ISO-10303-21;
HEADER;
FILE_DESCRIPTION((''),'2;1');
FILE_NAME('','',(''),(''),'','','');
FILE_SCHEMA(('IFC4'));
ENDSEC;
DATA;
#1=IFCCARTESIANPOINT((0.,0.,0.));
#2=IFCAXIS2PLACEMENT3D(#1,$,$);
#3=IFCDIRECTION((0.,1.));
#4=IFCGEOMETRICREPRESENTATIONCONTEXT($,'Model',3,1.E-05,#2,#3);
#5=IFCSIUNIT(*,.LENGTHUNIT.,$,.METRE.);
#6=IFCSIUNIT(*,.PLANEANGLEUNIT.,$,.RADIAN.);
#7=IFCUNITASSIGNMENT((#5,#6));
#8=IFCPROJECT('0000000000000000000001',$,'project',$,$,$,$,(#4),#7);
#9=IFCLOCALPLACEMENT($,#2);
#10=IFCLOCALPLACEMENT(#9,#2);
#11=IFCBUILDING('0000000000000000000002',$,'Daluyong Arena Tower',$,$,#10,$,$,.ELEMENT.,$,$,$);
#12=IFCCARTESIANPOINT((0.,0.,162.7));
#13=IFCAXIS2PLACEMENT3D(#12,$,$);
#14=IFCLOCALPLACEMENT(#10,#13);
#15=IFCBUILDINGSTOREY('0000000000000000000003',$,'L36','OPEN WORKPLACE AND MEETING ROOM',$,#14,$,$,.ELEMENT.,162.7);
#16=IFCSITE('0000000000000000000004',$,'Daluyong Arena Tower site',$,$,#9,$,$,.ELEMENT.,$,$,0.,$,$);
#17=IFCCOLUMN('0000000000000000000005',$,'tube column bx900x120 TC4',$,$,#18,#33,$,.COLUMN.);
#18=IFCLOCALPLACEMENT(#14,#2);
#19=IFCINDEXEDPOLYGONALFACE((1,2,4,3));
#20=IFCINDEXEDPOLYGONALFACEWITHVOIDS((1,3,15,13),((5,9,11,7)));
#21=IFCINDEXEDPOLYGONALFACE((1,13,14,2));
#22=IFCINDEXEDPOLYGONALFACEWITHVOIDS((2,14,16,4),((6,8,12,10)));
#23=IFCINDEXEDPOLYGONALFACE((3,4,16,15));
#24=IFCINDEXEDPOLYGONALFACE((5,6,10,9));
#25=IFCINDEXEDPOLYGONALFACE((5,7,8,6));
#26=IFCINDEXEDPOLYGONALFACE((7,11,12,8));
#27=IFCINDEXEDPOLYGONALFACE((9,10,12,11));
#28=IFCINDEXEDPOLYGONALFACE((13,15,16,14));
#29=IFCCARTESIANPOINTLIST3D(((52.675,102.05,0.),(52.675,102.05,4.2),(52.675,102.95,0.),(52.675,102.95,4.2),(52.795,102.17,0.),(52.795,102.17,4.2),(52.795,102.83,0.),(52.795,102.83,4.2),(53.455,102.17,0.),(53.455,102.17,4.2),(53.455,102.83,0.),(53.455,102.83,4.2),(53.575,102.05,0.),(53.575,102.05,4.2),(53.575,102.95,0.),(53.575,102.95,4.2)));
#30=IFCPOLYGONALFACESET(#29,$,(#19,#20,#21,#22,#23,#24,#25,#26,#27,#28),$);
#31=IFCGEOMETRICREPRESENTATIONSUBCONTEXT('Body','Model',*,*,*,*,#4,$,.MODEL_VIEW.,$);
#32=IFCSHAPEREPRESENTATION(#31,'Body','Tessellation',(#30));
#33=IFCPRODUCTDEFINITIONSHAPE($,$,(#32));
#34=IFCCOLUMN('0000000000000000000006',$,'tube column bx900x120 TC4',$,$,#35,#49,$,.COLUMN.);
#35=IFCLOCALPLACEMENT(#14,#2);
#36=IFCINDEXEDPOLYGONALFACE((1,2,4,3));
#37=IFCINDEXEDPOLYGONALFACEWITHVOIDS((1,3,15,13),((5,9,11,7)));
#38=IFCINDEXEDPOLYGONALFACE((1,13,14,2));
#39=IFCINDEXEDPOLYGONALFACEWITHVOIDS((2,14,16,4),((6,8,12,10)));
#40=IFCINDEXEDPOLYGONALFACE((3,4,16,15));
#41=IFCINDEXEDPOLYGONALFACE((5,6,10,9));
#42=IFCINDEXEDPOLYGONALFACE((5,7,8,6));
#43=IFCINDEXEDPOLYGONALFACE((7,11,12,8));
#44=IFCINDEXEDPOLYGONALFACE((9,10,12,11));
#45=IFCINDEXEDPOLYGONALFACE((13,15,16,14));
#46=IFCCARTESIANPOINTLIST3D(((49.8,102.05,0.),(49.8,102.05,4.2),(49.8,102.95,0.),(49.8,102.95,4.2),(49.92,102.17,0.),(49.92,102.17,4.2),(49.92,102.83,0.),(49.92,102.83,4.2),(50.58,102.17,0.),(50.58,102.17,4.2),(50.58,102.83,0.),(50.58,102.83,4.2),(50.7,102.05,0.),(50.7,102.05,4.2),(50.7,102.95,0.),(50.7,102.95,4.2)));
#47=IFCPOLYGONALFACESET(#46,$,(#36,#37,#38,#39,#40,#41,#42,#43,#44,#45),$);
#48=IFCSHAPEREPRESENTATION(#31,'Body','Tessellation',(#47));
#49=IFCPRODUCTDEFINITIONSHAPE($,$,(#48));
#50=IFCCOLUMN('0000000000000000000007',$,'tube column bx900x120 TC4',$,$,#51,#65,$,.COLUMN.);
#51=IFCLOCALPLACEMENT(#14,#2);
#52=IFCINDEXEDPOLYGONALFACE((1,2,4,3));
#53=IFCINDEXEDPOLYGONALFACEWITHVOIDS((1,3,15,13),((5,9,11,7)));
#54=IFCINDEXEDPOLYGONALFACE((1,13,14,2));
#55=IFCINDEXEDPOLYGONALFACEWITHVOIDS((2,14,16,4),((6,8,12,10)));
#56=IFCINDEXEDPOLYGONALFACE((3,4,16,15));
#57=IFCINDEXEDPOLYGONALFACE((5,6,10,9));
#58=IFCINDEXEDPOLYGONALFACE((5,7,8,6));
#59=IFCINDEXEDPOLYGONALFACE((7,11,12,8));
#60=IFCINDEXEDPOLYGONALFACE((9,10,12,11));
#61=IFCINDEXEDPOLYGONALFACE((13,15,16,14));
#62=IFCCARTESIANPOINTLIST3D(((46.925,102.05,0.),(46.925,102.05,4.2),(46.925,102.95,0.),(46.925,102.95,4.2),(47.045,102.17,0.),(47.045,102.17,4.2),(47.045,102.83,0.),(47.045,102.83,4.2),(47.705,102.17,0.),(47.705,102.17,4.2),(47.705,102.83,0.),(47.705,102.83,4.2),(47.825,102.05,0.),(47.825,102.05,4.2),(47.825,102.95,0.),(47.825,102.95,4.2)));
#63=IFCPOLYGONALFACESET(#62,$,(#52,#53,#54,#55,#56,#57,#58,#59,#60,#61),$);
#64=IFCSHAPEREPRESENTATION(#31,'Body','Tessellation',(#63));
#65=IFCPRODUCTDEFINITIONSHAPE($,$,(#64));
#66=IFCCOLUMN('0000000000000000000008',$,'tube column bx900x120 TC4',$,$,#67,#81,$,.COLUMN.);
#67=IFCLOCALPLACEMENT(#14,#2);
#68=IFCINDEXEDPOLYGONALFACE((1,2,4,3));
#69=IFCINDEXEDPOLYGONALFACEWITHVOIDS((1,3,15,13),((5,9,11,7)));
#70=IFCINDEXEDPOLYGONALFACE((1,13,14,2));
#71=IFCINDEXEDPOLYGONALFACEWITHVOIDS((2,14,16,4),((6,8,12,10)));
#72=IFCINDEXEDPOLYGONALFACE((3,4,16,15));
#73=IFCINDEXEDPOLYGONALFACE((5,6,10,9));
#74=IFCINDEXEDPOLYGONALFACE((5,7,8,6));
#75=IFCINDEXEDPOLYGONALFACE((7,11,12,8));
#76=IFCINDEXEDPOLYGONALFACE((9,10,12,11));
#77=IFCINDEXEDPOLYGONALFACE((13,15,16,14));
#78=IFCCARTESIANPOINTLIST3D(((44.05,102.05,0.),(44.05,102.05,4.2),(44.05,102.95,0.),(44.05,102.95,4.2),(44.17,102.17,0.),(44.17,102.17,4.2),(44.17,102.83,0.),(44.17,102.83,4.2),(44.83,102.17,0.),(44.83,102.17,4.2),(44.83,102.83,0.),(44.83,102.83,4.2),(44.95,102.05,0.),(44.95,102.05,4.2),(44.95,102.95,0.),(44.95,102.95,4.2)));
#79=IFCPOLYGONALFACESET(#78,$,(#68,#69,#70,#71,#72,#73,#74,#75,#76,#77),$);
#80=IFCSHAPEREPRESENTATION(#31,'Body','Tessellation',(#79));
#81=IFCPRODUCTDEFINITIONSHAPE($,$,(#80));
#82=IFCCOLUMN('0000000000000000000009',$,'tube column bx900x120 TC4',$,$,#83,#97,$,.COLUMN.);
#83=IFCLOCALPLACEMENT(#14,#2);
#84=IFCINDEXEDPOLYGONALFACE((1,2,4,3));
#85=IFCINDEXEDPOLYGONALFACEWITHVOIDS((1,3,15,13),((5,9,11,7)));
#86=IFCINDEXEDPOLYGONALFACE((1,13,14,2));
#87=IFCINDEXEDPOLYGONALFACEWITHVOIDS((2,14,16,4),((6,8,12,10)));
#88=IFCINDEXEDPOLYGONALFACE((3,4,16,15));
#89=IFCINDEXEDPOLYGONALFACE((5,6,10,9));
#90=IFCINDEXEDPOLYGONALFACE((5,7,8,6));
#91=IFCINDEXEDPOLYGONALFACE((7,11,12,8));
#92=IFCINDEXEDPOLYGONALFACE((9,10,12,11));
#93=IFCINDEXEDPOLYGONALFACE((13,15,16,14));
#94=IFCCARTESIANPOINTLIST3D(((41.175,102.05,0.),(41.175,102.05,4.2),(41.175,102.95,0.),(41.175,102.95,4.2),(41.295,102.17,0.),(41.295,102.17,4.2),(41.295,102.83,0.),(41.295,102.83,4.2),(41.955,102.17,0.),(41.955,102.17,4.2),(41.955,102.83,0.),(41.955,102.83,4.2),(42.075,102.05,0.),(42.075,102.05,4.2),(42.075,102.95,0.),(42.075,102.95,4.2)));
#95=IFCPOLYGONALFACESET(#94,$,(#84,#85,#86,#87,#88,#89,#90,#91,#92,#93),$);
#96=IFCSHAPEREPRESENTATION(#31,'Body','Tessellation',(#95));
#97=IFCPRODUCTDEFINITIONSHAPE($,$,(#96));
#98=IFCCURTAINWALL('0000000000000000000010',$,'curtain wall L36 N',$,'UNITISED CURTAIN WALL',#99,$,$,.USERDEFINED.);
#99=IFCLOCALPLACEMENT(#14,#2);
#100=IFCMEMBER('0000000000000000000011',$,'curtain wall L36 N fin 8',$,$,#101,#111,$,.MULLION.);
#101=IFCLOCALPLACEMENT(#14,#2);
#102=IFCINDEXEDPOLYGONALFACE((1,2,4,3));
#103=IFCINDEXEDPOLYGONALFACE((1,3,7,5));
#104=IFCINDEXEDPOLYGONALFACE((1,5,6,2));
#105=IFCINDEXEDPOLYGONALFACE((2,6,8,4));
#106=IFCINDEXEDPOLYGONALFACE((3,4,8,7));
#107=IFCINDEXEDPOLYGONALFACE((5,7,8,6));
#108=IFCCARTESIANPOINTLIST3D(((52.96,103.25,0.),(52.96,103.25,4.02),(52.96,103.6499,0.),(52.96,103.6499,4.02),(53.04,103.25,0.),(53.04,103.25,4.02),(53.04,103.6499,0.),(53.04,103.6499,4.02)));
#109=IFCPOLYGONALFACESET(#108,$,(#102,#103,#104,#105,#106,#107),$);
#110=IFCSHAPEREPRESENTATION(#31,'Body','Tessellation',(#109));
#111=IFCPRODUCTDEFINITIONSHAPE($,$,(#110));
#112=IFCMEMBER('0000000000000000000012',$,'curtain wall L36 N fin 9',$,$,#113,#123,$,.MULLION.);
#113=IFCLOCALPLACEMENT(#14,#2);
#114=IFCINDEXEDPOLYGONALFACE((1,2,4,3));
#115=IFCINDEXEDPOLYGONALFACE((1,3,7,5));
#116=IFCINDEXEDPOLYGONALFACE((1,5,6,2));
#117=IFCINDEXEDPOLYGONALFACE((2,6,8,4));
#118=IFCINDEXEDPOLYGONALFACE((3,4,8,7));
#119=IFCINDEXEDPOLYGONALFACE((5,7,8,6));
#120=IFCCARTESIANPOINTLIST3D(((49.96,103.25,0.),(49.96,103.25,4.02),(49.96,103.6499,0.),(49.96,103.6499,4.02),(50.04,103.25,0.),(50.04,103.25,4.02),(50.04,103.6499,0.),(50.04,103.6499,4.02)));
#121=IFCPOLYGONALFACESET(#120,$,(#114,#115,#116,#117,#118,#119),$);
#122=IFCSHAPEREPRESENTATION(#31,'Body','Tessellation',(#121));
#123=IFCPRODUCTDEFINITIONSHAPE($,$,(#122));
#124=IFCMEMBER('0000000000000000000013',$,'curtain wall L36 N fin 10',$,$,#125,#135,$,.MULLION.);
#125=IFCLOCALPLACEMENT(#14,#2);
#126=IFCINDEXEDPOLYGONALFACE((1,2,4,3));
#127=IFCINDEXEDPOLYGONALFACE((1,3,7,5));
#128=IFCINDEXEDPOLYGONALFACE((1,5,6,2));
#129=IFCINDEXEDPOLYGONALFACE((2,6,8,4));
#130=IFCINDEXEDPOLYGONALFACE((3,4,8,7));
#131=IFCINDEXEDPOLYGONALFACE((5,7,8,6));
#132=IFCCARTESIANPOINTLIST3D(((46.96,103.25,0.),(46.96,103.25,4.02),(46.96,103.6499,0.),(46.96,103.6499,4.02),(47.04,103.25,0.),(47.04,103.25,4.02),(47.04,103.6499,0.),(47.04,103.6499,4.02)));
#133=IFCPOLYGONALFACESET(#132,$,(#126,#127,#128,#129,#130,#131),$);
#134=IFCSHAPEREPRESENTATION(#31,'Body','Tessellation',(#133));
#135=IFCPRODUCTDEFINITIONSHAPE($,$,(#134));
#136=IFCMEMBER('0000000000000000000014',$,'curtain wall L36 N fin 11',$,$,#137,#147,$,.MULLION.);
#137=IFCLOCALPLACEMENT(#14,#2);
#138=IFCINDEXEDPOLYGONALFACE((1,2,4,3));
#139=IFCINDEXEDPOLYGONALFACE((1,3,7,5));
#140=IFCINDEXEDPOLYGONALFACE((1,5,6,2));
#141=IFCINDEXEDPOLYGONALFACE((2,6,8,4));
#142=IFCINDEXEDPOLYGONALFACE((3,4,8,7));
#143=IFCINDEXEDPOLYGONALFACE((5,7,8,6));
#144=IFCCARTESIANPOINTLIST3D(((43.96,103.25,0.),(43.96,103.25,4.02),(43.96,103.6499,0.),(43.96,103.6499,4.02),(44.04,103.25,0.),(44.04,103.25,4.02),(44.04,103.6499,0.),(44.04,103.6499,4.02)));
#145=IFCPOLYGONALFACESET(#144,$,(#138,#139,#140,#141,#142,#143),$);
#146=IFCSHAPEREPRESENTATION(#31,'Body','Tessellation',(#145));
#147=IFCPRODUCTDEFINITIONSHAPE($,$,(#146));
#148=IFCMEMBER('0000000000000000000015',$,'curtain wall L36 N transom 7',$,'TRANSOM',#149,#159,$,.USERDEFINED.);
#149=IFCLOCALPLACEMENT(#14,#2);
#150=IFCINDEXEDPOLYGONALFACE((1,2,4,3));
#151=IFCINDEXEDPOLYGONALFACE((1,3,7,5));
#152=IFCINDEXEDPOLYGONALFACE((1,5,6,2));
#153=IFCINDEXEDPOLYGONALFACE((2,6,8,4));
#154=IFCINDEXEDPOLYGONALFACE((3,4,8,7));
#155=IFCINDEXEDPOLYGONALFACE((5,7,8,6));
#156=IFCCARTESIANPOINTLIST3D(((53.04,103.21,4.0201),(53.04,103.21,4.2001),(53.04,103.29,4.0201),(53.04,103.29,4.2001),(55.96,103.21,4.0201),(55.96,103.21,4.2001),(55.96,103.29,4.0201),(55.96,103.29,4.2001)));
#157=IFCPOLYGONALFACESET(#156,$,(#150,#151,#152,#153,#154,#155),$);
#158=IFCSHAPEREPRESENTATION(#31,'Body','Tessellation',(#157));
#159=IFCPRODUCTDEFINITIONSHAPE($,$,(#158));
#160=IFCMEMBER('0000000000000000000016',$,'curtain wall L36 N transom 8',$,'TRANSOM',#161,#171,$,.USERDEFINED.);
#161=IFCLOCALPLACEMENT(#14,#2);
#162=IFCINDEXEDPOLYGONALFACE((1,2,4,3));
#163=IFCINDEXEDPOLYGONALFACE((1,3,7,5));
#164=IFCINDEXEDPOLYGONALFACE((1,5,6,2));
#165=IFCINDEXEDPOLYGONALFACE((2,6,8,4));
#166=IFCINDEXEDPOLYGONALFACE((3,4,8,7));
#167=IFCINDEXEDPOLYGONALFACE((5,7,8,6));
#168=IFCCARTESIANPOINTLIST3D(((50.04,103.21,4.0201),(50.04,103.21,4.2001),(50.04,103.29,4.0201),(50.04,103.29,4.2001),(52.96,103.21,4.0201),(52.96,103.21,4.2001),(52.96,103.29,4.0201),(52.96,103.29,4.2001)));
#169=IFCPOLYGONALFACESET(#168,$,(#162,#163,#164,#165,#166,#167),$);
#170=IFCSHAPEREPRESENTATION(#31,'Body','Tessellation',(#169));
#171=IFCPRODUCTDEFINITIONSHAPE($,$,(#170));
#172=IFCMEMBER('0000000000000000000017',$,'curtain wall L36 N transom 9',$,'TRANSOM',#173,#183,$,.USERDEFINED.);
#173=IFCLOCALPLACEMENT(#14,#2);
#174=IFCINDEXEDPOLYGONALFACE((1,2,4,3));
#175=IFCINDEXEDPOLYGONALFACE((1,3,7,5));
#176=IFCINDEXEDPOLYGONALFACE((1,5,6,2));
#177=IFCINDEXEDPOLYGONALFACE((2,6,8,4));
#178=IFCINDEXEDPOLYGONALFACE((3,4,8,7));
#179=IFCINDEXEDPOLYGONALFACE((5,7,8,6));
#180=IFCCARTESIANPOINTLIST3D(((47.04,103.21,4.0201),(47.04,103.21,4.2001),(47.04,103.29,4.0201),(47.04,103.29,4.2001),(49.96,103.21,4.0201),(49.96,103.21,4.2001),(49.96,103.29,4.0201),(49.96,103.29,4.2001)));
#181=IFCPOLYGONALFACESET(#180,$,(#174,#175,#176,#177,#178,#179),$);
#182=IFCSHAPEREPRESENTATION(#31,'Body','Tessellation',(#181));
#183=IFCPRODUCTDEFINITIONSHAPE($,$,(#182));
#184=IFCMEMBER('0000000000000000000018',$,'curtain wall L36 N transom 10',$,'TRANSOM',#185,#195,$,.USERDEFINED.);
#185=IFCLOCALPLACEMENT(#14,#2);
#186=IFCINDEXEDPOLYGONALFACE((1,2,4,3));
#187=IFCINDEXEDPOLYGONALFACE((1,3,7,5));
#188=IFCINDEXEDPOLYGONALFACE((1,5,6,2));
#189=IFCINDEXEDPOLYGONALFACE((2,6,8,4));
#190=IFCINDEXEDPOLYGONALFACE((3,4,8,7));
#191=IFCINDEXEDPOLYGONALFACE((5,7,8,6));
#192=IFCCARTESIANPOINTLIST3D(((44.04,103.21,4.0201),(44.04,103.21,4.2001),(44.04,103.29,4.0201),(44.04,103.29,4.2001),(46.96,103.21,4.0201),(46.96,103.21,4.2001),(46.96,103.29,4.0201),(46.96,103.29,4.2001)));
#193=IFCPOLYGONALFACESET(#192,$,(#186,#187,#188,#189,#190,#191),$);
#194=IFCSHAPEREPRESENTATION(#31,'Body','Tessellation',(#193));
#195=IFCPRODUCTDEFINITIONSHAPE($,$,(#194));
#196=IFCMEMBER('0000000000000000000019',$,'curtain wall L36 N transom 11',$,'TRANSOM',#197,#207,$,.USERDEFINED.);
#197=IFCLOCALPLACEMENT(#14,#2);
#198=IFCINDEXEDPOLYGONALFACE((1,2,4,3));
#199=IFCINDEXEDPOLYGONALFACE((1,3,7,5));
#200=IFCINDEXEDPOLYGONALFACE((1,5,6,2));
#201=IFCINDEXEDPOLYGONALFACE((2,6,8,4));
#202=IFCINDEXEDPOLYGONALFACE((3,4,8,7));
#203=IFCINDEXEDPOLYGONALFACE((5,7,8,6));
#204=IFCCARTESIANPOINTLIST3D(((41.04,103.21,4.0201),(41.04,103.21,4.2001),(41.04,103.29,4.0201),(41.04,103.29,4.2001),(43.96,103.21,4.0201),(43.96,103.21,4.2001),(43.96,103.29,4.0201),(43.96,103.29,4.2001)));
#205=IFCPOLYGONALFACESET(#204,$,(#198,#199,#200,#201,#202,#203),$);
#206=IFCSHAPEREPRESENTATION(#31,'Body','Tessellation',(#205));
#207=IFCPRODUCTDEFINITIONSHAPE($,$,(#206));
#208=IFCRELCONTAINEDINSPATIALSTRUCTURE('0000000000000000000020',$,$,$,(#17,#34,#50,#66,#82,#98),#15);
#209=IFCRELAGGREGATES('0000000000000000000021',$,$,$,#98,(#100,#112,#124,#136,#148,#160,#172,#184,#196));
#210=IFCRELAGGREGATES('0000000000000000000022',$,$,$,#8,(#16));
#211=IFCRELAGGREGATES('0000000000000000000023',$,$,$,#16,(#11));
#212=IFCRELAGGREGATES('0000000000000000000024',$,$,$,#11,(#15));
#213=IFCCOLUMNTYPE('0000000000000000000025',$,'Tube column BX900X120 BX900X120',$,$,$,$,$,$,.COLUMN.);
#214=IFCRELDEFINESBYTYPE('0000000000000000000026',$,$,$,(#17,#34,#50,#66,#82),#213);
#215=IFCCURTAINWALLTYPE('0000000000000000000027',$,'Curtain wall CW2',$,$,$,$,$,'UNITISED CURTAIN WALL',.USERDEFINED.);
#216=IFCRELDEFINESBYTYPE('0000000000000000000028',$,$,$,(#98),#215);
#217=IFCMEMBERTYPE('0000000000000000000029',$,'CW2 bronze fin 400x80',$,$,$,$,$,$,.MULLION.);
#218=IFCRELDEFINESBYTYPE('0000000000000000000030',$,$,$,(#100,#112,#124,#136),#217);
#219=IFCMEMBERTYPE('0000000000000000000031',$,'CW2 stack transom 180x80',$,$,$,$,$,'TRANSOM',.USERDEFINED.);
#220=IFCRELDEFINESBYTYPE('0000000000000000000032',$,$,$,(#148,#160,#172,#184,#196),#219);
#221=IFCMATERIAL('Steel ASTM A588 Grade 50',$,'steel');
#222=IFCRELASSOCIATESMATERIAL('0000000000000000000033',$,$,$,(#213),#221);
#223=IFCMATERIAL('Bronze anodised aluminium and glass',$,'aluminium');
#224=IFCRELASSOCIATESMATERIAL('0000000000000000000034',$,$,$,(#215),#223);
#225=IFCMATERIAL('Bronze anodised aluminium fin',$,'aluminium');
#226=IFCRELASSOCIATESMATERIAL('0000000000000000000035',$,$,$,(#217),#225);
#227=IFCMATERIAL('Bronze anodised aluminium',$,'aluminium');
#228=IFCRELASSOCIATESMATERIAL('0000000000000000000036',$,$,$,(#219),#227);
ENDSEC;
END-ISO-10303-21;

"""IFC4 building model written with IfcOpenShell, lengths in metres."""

from ifc_helpers import new_model, si_unit, direction, frame, origin, origin_2d, place, context, subcontext, project, spatial, rectangle, hollow_rectangle, extrude, material, material_profile, profile_set, type_object, element, aggregate, save


model = new_model("IFC4")

# Units and contexts
model_context = context("Model", 3, precision=1e-05, world=origin(), true_north=direction((0.0, 1.0)))
body_context = subcontext(model_context, "Body", "Model", "MODEL_VIEW")
ifc_project = project(units=[si_unit("LENGTHUNIT", "METRE"), si_unit("PLANEANGLEUNIT", "RADIAN")], contexts=[model_context])

# Site, building, storey
site_placement = place(None, origin())
site = spatial("IfcSite", under=ifc_project, at=site_placement, Name="Daluyong Arena Tower site", CompositionType="ELEMENT", RefElevation=0.0)
building_placement = place(site_placement, origin())
building = spatial("IfcBuilding", under=site, at=building_placement, Name="Daluyong Arena Tower", CompositionType="ELEMENT")
storey_placement = place(building_placement, frame((0.0, 0.0, 162.7)))
storey = spatial("IfcBuildingStorey", under=building, at=storey_placement, Name="L36", Description="OPEN WORKPLACE AND MEETING ROOM", CompositionType="ELEMENT", Elevation=162.7)

# Columns
ifc_material_1 = material(Name="Steel ASTM A588 Grade 50", Category="steel")
ifc_material_profile_1 = material_profile(ifc_material_1, hollow_rectangle(XDim=0.8999, YDim=0.8999, WallThickness=0.12, at=origin_2d()))
ifc_profile_set_1 = profile_set([ifc_material_profile_1], Name="Steel ASTM A588 Grade 50")
column_type = type_object("IfcColumnType", Name="Tube column BX900X120 BX900X120", PredefinedType="COLUMN", material=ifc_profile_set_1)
for number, where, z_axis, x_axis, name in (
    (1, (53.125, 102.5, 0.0), (0.0, 0.0, 1.0), (1.0, 0.0, 0.0), "tube column bx900x120 TC4"),
    (2, (50.25, 102.5, 0.0), (0.0, 0.0, 1.0), (1.0, 0.0, 0.0), "tube column bx900x120 TC4"),
    (3, (47.375, 102.5, 0.0), (0.0, 0.0, 1.0), (1.0, 0.0, 0.0), "tube column bx900x120 TC4"),
    (4, (44.5, 102.5, 0.0), (0.0, 0.0, 1.0), (1.0, 0.0, 0.0), "tube column bx900x120 TC4"),
    (5, (41.625, 102.5, 0.0), (0.0, 0.0, 1.0), (1.0, 0.0, 0.0), "tube column bx900x120 TC4"),
):
    element("IfcColumn", number, at=place(storey_placement, frame(where, z_axis=z_axis, x_axis=x_axis)), inside=storey, type_object=column_type, Name=name, PredefinedType="COLUMN", context=body_context, shape_type="SweptSolid", body=[
        extrude(hollow_rectangle(XDim=0.8999, YDim=0.8999, WallThickness=0.12, at=origin_2d()), origin(), (0.0, 0.0, 1.0), 4.2),
    ])

# Curtain wall, members
ifc_material_2 = material(Name="Bronze anodised aluminium and glass", Category="aluminium")
curtain_wall_type = type_object("IfcCurtainWallType", Name="Curtain wall CW2", ElementType="UNITISED CURTAIN WALL", PredefinedType="USERDEFINED", material=ifc_material_2)
curtain_wall_placement = place(storey_placement, origin())
curtain_wall = element("IfcCurtainWall", 6, at=curtain_wall_placement, inside=storey, type_object=curtain_wall_type, Name="curtain wall L36 N", ObjectType="UNITISED CURTAIN WALL", PredefinedType="USERDEFINED")
ifc_material_3 = material(Name="Bronze anodised aluminium fin", Category="aluminium")
ifc_material_profile_2 = material_profile(ifc_material_3, rectangle(XDim=0.3999, YDim=0.0801, at=origin_2d()))
ifc_profile_set_2 = profile_set([ifc_material_profile_2], Name="Bronze anodised aluminium fin")
member_type_1 = type_object("IfcMemberType", Name="CW2 bronze fin 400x80", PredefinedType="MULLION", material=ifc_profile_set_2)
member_1_placement = place(storey_placement, frame((53.0, 103.45, 0.0), z_axis=(0.0, 0.0, 1.0), x_axis=(0.0, -1.0, 0.0)))
member_1 = element("IfcMember", 7, at=member_1_placement, type_object=member_type_1, Name="curtain wall L36 N fin 8", PredefinedType="MULLION", context=body_context, shape_type="SweptSolid", body=[
    extrude(rectangle(XDim=0.3999, YDim=0.0801, at=origin_2d()), origin(), (0.0, 0.0, 1.0), 4.02),
])
member_2_placement = place(storey_placement, frame((50.0, 103.45, 0.0), z_axis=(0.0, 0.0, 1.0), x_axis=(0.0, -1.0, 0.0)))
member_2 = element("IfcMember", 8, at=member_2_placement, type_object=member_type_1, Name="curtain wall L36 N fin 9", PredefinedType="MULLION", context=body_context, shape_type="SweptSolid", body=[
    extrude(rectangle(XDim=0.3999, YDim=0.0801, at=origin_2d()), origin(), (0.0, 0.0, 1.0), 4.02),
])
member_3_placement = place(storey_placement, frame((47.0, 103.45, 0.0), z_axis=(0.0, 0.0, 1.0), x_axis=(0.0, -1.0, 0.0)))
member_3 = element("IfcMember", 9, at=member_3_placement, type_object=member_type_1, Name="curtain wall L36 N fin 10", PredefinedType="MULLION", context=body_context, shape_type="SweptSolid", body=[
    extrude(rectangle(XDim=0.3999, YDim=0.0801, at=origin_2d()), origin(), (0.0, 0.0, 1.0), 4.02),
])
member_4_placement = place(storey_placement, frame((44.0, 103.45, 0.0), z_axis=(0.0, 0.0, 1.0), x_axis=(0.0, -1.0, 0.0)))
member_4 = element("IfcMember", 10, at=member_4_placement, type_object=member_type_1, Name="curtain wall L36 N fin 11", PredefinedType="MULLION", context=body_context, shape_type="SweptSolid", body=[
    extrude(rectangle(XDim=0.3999, YDim=0.0801, at=origin_2d()), origin(), (0.0, 0.0, 1.0), 4.02),
])
ifc_material_4 = material(Name="Bronze anodised aluminium", Category="aluminium")
ifc_material_profile_3 = material_profile(ifc_material_4, rectangle(XDim=0.0801, YDim=0.1799, at=origin_2d()))
ifc_profile_set_3 = profile_set([ifc_material_profile_3], Name="Bronze anodised aluminium")
member_type_2 = type_object("IfcMemberType", Name="CW2 stack transom 180x80", ElementType="TRANSOM", PredefinedType="USERDEFINED", material=ifc_profile_set_3)
member_5_placement = place(storey_placement, frame((55.96, 103.25, 4.1101), z_axis=(-1.0, 0.0, 0.0), x_axis=(0.0, -1.0, 0.0)))
member_5 = element("IfcMember", 11, at=member_5_placement, type_object=member_type_2, Name="curtain wall L36 N transom 7", ObjectType="TRANSOM", PredefinedType="USERDEFINED", context=body_context, shape_type="SweptSolid", body=[
    extrude(rectangle(XDim=0.0801, YDim=0.1799, at=origin_2d()), origin(), (0.0, 0.0, 1.0), 2.9199),
])
member_6_placement = place(storey_placement, frame((52.96, 103.25, 4.1101), z_axis=(-1.0, 0.0, 0.0), x_axis=(0.0, -1.0, 0.0)))
member_6 = element("IfcMember", 12, at=member_6_placement, type_object=member_type_2, Name="curtain wall L36 N transom 8", ObjectType="TRANSOM", PredefinedType="USERDEFINED", context=body_context, shape_type="SweptSolid", body=[
    extrude(rectangle(XDim=0.0801, YDim=0.1799, at=origin_2d()), origin(), (0.0, 0.0, 1.0), 2.9199),
])
member_7_placement = place(storey_placement, frame((49.96, 103.25, 4.1101), z_axis=(-1.0, 0.0, 0.0), x_axis=(0.0, -1.0, 0.0)))
member_7 = element("IfcMember", 13, at=member_7_placement, type_object=member_type_2, Name="curtain wall L36 N transom 9", ObjectType="TRANSOM", PredefinedType="USERDEFINED", context=body_context, shape_type="SweptSolid", body=[
    extrude(rectangle(XDim=0.0801, YDim=0.1799, at=origin_2d()), origin(), (0.0, 0.0, 1.0), 2.9199),
])
member_8_placement = place(storey_placement, frame((46.96, 103.25, 4.1101), z_axis=(-1.0, 0.0, 0.0), x_axis=(0.0, -1.0, 0.0)))
member_8 = element("IfcMember", 14, at=member_8_placement, type_object=member_type_2, Name="curtain wall L36 N transom 10", ObjectType="TRANSOM", PredefinedType="USERDEFINED", context=body_context, shape_type="SweptSolid", body=[
    extrude(rectangle(XDim=0.0801, YDim=0.1799, at=origin_2d()), origin(), (0.0, 0.0, 1.0), 2.9199),
])
member_9_placement = place(storey_placement, frame((43.96, 103.25, 4.1101), z_axis=(-1.0, 0.0, 0.0), x_axis=(0.0, -1.0, 0.0)))
member_9 = element("IfcMember", 15, at=member_9_placement, type_object=member_type_2, Name="curtain wall L36 N transom 11", ObjectType="TRANSOM", PredefinedType="USERDEFINED", context=body_context, shape_type="SweptSolid", body=[
    extrude(rectangle(XDim=0.0801, YDim=0.1799, at=origin_2d()), origin(), (0.0, 0.0, 1.0), 2.9199),
])

aggregate(curtain_wall, [member_1, member_2, member_3, member_4, member_5, member_6, member_7, member_8, member_9])

save(model, "model.ifc")
